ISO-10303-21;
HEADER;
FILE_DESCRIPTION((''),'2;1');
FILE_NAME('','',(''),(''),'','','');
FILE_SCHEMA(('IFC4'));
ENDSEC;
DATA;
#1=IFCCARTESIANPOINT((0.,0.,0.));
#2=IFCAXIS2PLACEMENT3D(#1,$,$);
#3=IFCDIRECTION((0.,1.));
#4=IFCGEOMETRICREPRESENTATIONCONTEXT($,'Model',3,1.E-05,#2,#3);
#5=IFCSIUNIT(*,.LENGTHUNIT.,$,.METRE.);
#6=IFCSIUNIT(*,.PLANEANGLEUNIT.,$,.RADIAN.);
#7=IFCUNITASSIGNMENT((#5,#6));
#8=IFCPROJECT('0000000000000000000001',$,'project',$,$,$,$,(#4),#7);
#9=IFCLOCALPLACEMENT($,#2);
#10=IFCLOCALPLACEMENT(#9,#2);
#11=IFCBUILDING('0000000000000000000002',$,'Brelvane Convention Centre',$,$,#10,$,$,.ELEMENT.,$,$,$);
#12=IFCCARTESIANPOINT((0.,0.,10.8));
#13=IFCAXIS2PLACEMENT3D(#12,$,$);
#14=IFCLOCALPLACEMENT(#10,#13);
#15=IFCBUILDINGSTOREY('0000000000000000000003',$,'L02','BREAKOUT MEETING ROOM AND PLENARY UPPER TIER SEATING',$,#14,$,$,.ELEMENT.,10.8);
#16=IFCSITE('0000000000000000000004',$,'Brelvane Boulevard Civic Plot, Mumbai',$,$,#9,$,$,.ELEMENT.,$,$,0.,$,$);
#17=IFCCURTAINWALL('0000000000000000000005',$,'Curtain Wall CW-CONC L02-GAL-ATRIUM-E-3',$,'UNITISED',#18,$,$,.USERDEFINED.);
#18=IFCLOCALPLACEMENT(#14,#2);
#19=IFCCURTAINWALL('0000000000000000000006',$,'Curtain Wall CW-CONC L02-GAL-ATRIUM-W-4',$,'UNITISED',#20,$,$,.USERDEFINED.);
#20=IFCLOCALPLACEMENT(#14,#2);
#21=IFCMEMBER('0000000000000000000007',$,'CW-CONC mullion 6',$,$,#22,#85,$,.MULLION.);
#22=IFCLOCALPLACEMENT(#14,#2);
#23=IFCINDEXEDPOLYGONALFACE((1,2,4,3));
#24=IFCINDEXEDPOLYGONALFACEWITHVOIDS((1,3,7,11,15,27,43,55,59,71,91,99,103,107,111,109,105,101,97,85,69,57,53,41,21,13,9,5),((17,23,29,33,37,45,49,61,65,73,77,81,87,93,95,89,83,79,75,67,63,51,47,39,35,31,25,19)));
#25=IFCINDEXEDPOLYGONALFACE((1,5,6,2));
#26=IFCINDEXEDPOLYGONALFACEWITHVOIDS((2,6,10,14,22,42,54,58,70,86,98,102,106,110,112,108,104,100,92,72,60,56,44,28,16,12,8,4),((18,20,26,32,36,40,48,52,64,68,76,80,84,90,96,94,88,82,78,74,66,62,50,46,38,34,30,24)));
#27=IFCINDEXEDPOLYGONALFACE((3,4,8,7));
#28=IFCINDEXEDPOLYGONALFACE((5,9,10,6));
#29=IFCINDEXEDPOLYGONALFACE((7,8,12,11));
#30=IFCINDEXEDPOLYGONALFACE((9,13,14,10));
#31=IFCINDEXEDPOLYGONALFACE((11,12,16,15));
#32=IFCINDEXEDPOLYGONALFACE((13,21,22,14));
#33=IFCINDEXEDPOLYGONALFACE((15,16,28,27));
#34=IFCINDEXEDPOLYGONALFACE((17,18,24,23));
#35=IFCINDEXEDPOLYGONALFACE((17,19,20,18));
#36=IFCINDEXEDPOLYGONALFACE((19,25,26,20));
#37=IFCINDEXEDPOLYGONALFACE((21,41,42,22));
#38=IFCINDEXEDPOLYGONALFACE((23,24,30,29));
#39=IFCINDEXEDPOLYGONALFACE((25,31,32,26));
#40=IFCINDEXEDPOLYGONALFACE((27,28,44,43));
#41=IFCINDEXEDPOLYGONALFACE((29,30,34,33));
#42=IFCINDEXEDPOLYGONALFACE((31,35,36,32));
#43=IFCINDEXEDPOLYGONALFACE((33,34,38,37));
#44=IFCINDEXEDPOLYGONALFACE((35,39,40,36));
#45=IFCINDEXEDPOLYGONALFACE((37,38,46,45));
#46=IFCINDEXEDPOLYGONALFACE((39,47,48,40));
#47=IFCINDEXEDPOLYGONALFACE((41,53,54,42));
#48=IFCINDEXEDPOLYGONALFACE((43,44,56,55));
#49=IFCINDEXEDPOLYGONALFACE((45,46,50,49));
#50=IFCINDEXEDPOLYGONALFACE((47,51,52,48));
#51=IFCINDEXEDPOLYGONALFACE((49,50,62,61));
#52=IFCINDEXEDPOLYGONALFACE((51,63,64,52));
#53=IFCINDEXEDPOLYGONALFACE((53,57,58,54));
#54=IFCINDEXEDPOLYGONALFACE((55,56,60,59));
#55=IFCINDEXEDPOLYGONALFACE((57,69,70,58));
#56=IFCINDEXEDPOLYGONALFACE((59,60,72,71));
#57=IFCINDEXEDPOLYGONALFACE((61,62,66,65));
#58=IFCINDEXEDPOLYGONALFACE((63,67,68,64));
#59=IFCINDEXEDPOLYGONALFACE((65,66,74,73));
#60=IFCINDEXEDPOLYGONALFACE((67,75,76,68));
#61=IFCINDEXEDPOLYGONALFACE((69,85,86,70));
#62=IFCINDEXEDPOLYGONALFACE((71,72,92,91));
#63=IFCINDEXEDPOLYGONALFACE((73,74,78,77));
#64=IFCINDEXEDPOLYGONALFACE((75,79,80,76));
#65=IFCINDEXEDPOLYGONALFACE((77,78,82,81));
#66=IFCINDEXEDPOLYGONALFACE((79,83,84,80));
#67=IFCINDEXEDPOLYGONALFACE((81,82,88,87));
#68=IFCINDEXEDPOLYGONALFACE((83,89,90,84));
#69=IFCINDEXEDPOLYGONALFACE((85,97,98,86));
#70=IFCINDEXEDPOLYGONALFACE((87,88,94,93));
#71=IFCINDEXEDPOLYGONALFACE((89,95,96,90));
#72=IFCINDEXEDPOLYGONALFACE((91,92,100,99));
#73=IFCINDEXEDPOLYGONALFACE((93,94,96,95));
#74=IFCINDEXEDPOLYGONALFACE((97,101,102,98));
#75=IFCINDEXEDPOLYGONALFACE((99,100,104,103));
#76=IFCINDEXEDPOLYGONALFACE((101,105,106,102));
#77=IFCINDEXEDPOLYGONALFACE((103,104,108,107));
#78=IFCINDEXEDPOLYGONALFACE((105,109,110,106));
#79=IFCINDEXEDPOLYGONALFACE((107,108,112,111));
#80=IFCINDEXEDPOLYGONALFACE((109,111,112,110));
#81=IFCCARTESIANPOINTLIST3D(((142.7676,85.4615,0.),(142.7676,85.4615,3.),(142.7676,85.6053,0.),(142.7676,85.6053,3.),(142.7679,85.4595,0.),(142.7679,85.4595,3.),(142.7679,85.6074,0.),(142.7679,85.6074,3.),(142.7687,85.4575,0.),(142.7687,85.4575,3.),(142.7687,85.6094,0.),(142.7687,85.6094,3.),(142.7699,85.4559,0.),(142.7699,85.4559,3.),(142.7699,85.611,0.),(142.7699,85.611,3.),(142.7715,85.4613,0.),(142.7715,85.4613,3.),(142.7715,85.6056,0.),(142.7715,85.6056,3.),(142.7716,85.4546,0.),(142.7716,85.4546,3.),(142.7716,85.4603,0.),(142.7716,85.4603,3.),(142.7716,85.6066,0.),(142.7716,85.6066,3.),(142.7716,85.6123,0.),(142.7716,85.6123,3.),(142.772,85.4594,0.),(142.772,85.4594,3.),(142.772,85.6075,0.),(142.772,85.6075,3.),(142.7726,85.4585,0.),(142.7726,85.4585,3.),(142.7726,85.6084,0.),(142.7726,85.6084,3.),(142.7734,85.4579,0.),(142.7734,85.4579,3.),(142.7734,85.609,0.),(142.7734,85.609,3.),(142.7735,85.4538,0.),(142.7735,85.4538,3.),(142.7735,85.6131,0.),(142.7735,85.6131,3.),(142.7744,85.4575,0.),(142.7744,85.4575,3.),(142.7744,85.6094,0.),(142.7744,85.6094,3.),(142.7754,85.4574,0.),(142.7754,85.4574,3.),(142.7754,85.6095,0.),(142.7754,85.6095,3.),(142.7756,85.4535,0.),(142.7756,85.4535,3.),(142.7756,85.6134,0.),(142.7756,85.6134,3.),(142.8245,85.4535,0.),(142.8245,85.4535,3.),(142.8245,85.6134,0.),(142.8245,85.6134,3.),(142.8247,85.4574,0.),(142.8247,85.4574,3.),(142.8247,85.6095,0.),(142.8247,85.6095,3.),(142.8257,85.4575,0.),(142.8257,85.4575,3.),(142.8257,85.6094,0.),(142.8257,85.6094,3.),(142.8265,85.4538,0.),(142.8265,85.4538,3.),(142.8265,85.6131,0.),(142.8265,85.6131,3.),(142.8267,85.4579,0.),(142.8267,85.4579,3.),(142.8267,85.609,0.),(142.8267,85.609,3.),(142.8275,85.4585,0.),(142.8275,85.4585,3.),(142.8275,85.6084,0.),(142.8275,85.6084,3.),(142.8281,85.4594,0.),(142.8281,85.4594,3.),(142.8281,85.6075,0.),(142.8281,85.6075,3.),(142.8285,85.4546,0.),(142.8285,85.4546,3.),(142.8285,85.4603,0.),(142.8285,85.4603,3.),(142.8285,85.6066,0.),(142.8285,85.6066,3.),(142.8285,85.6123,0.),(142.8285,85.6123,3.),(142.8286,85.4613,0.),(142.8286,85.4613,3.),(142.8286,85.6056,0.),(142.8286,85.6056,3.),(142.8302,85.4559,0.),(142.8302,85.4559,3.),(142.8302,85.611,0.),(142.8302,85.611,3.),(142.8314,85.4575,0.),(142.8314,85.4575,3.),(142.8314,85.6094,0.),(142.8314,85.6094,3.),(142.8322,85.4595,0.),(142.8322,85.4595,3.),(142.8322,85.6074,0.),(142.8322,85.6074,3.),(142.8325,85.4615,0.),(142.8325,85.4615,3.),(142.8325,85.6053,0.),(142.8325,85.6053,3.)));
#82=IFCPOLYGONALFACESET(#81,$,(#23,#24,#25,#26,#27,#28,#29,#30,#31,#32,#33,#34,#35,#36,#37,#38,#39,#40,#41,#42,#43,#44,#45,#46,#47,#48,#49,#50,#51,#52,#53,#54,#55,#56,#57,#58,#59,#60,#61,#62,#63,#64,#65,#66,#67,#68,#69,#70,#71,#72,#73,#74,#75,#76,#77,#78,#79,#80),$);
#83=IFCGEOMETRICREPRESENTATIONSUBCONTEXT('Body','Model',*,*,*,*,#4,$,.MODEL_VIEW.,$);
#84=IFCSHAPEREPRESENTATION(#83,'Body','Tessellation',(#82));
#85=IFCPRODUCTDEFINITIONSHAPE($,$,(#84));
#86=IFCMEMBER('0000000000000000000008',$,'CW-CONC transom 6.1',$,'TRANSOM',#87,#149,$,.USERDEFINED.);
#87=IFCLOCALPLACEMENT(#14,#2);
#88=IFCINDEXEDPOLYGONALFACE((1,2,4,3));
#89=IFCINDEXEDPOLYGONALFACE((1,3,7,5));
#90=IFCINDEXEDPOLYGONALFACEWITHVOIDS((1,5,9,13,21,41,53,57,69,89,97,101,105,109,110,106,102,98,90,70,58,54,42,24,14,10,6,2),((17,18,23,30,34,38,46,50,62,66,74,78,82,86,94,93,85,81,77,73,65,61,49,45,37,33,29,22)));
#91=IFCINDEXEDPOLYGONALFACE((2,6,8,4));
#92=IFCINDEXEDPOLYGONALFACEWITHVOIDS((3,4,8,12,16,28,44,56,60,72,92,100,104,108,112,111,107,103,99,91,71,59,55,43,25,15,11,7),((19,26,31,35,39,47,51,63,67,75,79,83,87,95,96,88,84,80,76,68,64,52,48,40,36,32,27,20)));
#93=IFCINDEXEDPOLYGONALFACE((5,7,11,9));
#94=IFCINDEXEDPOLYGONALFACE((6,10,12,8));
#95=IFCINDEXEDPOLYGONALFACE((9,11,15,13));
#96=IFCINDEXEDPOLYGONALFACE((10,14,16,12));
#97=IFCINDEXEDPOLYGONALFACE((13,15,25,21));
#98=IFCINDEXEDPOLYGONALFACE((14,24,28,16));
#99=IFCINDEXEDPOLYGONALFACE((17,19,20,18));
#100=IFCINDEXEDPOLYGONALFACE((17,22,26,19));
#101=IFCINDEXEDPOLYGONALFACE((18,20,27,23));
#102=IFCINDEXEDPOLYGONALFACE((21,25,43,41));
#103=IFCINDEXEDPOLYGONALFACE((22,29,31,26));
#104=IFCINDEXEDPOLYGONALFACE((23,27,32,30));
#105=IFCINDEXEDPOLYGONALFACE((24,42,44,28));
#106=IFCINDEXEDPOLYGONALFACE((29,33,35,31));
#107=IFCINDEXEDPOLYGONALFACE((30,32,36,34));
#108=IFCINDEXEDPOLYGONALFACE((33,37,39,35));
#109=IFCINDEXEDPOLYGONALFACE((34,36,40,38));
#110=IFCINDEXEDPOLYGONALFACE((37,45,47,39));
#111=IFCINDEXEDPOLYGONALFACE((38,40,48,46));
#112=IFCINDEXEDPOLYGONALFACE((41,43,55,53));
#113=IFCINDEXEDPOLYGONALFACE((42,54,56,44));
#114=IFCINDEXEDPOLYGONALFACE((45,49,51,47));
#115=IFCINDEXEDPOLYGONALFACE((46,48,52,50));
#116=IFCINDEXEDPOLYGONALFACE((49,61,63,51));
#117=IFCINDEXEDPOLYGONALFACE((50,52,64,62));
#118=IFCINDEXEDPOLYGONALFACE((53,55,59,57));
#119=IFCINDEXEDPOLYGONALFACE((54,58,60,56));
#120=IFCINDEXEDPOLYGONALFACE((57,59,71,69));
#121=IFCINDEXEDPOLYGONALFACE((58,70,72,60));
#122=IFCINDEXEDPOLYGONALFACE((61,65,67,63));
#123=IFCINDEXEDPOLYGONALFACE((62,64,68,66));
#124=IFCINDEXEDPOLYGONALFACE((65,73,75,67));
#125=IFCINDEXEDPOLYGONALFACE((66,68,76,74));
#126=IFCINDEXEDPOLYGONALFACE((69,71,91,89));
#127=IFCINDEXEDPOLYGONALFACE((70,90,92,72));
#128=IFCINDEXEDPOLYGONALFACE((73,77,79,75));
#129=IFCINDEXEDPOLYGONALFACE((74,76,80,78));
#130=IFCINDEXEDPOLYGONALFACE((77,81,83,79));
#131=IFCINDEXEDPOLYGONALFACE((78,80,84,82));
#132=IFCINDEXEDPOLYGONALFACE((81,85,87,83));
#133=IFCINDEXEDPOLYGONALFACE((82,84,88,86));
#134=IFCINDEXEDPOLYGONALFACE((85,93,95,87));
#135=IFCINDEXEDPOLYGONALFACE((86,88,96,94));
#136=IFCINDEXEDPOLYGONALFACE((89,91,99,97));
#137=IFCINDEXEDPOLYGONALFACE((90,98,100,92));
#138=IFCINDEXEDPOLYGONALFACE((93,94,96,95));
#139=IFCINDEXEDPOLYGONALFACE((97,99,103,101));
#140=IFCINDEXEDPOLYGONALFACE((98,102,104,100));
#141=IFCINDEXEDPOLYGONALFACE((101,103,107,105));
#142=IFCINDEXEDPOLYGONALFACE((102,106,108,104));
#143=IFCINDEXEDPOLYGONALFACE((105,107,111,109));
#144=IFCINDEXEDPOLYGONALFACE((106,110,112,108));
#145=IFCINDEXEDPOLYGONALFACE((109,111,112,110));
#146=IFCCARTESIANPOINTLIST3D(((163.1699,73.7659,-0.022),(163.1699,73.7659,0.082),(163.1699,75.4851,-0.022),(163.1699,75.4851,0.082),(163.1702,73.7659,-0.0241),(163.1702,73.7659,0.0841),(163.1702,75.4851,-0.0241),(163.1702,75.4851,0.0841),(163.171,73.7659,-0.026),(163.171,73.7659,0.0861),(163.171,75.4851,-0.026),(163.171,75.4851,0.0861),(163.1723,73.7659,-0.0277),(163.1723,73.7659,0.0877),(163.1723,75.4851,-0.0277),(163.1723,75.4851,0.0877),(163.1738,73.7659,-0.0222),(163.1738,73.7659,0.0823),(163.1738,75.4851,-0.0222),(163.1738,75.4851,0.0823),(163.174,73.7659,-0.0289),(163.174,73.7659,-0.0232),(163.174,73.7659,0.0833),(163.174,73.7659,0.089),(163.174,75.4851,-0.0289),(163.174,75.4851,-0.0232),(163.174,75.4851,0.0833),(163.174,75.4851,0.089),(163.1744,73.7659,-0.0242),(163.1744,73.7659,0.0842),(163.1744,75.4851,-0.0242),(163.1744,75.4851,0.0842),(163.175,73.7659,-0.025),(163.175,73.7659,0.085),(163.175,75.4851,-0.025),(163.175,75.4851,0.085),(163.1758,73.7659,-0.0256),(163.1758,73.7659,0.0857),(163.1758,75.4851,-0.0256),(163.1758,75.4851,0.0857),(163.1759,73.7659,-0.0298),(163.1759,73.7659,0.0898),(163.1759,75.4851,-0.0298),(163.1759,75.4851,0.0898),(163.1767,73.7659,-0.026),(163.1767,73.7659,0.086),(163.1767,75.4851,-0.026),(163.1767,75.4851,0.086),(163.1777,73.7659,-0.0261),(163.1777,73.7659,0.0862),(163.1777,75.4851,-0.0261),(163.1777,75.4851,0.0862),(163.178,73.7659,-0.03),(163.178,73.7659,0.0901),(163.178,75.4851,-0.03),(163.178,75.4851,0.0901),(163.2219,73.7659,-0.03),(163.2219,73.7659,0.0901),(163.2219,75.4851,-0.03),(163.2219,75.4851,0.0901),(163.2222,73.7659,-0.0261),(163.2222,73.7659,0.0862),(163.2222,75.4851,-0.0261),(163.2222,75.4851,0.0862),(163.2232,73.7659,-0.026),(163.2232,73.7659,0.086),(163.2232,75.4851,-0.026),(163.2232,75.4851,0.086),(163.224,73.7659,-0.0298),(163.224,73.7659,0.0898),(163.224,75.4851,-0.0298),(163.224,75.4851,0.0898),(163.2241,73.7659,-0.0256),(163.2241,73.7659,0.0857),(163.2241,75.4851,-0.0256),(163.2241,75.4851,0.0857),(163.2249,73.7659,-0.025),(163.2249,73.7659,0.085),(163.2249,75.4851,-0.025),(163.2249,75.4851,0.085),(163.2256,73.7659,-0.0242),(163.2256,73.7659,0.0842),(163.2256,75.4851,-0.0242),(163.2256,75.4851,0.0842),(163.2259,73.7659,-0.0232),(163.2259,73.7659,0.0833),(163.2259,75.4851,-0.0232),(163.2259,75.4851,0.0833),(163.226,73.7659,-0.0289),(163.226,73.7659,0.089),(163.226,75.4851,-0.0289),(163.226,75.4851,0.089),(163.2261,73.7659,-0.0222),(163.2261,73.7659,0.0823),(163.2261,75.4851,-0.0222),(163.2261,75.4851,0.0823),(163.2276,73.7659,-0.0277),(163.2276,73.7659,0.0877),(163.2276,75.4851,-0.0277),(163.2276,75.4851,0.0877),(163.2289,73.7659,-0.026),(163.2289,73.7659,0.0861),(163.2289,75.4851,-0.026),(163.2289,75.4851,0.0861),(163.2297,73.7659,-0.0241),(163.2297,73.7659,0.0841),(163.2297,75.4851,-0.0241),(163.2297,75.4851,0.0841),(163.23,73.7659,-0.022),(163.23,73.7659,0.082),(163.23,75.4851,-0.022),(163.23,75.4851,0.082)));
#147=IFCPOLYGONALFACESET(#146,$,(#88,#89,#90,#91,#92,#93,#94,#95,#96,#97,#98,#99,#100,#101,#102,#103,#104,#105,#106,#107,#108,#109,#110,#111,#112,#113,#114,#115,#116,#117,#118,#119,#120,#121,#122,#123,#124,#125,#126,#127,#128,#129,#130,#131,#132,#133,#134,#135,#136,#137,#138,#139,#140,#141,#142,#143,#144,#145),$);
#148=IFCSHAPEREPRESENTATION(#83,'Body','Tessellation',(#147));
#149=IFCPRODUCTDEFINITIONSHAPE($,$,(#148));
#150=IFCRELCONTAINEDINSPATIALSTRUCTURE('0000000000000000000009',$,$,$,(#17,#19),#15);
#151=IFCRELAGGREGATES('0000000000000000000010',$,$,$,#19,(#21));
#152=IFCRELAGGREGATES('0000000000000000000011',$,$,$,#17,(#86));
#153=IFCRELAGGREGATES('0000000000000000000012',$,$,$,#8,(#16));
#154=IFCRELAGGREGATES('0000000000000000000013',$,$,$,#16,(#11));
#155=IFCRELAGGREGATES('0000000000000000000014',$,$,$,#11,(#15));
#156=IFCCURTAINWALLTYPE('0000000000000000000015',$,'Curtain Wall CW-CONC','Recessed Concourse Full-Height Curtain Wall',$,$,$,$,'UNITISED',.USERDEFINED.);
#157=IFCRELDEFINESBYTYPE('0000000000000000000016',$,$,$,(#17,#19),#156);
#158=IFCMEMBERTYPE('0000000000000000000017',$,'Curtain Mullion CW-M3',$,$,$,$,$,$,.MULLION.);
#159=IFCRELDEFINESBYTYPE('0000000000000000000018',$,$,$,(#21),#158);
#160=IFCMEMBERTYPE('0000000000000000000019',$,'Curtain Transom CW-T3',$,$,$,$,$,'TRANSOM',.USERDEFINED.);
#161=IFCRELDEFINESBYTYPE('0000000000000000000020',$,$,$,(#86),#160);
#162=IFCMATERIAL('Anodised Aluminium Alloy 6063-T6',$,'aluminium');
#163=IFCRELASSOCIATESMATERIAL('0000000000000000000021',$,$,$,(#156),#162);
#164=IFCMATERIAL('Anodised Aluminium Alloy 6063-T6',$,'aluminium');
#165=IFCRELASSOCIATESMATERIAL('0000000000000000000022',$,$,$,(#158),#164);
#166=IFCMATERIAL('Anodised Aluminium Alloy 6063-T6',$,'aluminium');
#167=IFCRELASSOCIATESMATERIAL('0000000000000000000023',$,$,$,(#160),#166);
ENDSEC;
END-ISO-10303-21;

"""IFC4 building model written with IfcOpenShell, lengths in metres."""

from ifc_helpers import new_model, si_unit, direction, frame, origin, origin_2d, place, context, subcontext, project, spatial, hollow_rectangle, extrude, material, material_profile, profile_set, type_object, element, aggregate, save


model = new_model("IFC4")

# Units and contexts
model_context = context("Model", 3, precision=1e-05, world=origin(), true_north=direction((0.0, 1.0)))
body_context = subcontext(model_context, "Body", "Model", "MODEL_VIEW")
ifc_project = project(units=[si_unit("LENGTHUNIT", "METRE"), si_unit("PLANEANGLEUNIT", "RADIAN")], contexts=[model_context])

# Site, building, storey
site_placement = place(None, origin())
site = spatial("IfcSite", under=ifc_project, at=site_placement, Name="Brelvane Boulevard Civic Plot, Mumbai", CompositionType="ELEMENT", RefElevation=0.0)
building_placement = place(site_placement, origin())
building = spatial("IfcBuilding", under=site, at=building_placement, Name="Brelvane Convention Centre", CompositionType="ELEMENT")
storey_placement = place(building_placement, frame((0.0, 0.0, 10.8)))
storey = spatial("IfcBuildingStorey", under=building, at=storey_placement, Name="L02", Description="BREAKOUT MEETING ROOM AND PLENARY UPPER TIER SEATING", CompositionType="ELEMENT", Elevation=10.8)

# Curtain walls, member
ifc_material_1 = material(Name="Anodised Aluminium Alloy 6063-T6", Category="aluminium")
curtain_wall_type = type_object("IfcCurtainWallType", Name="Curtain Wall CW-CONC", Description="Recessed Concourse Full-Height Curtain Wall", ElementType="UNITISED", PredefinedType="USERDEFINED", material=ifc_material_1)
curtain_wall_1_placement = place(storey_placement, origin())
curtain_wall_1 = element("IfcCurtainWall", 1, at=curtain_wall_1_placement, inside=storey, type_object=curtain_wall_type, Name="Curtain Wall CW-CONC L02-GAL-ATRIUM-E-3", ObjectType="UNITISED", PredefinedType="USERDEFINED")
ifc_material_2 = material(Name="Anodised Aluminium Alloy 6063-T6", Category="aluminium")
ifc_material_profile_1 = material_profile(ifc_material_2, hollow_rectangle(XDim=0.0649, YDim=0.1599, WallThickness=0.0039, InnerFilletRadius=0.0039, OuterFilletRadius=0.0081, at=origin_2d()), Name="ALU-M 160x65x4.0")
ifc_profile_set_1 = profile_set([ifc_material_profile_1], Name="Anodised Aluminium Alloy 6063-T6")
member_type_1 = type_object("IfcMemberType", Name="Curtain Mullion CW-M3", PredefinedType="MULLION", material=ifc_profile_set_1)
curtain_wall_2_placement = place(storey_placement, origin())
curtain_wall_2 = element("IfcCurtainWall", 2, at=curtain_wall_2_placement, inside=storey, type_object=curtain_wall_type, Name="Curtain Wall CW-CONC L02-GAL-ATRIUM-W-4", ObjectType="UNITISED", PredefinedType="USERDEFINED")
member_1_placement = place(storey_placement, frame((142.8, 85.5334, 0.0), z_axis=(0.0, 0.0, 1.0), x_axis=(-1.0, 0.0, 0.0)))
member_1 = element("IfcMember", 3, at=member_1_placement, type_object=member_type_1, Name="CW-CONC mullion 6", PredefinedType="MULLION", context=body_context, shape_type="SweptSolid", body=[
    extrude(hollow_rectangle(XDim=0.0649, YDim=0.1599, WallThickness=0.0039, InnerFilletRadius=0.0039, OuterFilletRadius=0.0081, at=origin_2d()), origin(), (0.0, 0.0, 1.0), 3.0),
])

# Member
ifc_material_3 = material(Name="Anodised Aluminium Alloy 6063-T6", Category="aluminium")
ifc_material_profile_2 = material_profile(ifc_material_3, hollow_rectangle(XDim=0.0601, YDim=0.1201, WallThickness=0.0039, InnerFilletRadius=0.0039, OuterFilletRadius=0.0081, at=origin_2d()), Name="ALU-T 120x60x4.0")
ifc_profile_set_2 = profile_set([ifc_material_profile_2], Name="Anodised Aluminium Alloy 6063-T6")
member_type_2 = type_object("IfcMemberType", Name="Curtain Transom CW-T3", ElementType="TRANSOM", PredefinedType="USERDEFINED", material=ifc_profile_set_2)
member_2_placement = place(storey_placement, frame((163.2, 73.7659, 0.03), z_axis=(0.0, 1.0, 0.0), x_axis=(-1.0, 0.0, 0.0)))
member_2 = element("IfcMember", 4, at=member_2_placement, type_object=member_type_2, Name="CW-CONC transom 6.1", ObjectType="TRANSOM", PredefinedType="USERDEFINED", context=body_context, shape_type="SweptSolid", body=[
    extrude(hollow_rectangle(XDim=0.0601, YDim=0.1201, WallThickness=0.0039, InnerFilletRadius=0.0039, OuterFilletRadius=0.0081, at=origin_2d()), origin(), (0.0, 0.0, 1.0), 1.7192),
])

aggregate(curtain_wall_2, [member_1])
aggregate(curtain_wall_1, [member_2])

save(model, "model.ifc")
